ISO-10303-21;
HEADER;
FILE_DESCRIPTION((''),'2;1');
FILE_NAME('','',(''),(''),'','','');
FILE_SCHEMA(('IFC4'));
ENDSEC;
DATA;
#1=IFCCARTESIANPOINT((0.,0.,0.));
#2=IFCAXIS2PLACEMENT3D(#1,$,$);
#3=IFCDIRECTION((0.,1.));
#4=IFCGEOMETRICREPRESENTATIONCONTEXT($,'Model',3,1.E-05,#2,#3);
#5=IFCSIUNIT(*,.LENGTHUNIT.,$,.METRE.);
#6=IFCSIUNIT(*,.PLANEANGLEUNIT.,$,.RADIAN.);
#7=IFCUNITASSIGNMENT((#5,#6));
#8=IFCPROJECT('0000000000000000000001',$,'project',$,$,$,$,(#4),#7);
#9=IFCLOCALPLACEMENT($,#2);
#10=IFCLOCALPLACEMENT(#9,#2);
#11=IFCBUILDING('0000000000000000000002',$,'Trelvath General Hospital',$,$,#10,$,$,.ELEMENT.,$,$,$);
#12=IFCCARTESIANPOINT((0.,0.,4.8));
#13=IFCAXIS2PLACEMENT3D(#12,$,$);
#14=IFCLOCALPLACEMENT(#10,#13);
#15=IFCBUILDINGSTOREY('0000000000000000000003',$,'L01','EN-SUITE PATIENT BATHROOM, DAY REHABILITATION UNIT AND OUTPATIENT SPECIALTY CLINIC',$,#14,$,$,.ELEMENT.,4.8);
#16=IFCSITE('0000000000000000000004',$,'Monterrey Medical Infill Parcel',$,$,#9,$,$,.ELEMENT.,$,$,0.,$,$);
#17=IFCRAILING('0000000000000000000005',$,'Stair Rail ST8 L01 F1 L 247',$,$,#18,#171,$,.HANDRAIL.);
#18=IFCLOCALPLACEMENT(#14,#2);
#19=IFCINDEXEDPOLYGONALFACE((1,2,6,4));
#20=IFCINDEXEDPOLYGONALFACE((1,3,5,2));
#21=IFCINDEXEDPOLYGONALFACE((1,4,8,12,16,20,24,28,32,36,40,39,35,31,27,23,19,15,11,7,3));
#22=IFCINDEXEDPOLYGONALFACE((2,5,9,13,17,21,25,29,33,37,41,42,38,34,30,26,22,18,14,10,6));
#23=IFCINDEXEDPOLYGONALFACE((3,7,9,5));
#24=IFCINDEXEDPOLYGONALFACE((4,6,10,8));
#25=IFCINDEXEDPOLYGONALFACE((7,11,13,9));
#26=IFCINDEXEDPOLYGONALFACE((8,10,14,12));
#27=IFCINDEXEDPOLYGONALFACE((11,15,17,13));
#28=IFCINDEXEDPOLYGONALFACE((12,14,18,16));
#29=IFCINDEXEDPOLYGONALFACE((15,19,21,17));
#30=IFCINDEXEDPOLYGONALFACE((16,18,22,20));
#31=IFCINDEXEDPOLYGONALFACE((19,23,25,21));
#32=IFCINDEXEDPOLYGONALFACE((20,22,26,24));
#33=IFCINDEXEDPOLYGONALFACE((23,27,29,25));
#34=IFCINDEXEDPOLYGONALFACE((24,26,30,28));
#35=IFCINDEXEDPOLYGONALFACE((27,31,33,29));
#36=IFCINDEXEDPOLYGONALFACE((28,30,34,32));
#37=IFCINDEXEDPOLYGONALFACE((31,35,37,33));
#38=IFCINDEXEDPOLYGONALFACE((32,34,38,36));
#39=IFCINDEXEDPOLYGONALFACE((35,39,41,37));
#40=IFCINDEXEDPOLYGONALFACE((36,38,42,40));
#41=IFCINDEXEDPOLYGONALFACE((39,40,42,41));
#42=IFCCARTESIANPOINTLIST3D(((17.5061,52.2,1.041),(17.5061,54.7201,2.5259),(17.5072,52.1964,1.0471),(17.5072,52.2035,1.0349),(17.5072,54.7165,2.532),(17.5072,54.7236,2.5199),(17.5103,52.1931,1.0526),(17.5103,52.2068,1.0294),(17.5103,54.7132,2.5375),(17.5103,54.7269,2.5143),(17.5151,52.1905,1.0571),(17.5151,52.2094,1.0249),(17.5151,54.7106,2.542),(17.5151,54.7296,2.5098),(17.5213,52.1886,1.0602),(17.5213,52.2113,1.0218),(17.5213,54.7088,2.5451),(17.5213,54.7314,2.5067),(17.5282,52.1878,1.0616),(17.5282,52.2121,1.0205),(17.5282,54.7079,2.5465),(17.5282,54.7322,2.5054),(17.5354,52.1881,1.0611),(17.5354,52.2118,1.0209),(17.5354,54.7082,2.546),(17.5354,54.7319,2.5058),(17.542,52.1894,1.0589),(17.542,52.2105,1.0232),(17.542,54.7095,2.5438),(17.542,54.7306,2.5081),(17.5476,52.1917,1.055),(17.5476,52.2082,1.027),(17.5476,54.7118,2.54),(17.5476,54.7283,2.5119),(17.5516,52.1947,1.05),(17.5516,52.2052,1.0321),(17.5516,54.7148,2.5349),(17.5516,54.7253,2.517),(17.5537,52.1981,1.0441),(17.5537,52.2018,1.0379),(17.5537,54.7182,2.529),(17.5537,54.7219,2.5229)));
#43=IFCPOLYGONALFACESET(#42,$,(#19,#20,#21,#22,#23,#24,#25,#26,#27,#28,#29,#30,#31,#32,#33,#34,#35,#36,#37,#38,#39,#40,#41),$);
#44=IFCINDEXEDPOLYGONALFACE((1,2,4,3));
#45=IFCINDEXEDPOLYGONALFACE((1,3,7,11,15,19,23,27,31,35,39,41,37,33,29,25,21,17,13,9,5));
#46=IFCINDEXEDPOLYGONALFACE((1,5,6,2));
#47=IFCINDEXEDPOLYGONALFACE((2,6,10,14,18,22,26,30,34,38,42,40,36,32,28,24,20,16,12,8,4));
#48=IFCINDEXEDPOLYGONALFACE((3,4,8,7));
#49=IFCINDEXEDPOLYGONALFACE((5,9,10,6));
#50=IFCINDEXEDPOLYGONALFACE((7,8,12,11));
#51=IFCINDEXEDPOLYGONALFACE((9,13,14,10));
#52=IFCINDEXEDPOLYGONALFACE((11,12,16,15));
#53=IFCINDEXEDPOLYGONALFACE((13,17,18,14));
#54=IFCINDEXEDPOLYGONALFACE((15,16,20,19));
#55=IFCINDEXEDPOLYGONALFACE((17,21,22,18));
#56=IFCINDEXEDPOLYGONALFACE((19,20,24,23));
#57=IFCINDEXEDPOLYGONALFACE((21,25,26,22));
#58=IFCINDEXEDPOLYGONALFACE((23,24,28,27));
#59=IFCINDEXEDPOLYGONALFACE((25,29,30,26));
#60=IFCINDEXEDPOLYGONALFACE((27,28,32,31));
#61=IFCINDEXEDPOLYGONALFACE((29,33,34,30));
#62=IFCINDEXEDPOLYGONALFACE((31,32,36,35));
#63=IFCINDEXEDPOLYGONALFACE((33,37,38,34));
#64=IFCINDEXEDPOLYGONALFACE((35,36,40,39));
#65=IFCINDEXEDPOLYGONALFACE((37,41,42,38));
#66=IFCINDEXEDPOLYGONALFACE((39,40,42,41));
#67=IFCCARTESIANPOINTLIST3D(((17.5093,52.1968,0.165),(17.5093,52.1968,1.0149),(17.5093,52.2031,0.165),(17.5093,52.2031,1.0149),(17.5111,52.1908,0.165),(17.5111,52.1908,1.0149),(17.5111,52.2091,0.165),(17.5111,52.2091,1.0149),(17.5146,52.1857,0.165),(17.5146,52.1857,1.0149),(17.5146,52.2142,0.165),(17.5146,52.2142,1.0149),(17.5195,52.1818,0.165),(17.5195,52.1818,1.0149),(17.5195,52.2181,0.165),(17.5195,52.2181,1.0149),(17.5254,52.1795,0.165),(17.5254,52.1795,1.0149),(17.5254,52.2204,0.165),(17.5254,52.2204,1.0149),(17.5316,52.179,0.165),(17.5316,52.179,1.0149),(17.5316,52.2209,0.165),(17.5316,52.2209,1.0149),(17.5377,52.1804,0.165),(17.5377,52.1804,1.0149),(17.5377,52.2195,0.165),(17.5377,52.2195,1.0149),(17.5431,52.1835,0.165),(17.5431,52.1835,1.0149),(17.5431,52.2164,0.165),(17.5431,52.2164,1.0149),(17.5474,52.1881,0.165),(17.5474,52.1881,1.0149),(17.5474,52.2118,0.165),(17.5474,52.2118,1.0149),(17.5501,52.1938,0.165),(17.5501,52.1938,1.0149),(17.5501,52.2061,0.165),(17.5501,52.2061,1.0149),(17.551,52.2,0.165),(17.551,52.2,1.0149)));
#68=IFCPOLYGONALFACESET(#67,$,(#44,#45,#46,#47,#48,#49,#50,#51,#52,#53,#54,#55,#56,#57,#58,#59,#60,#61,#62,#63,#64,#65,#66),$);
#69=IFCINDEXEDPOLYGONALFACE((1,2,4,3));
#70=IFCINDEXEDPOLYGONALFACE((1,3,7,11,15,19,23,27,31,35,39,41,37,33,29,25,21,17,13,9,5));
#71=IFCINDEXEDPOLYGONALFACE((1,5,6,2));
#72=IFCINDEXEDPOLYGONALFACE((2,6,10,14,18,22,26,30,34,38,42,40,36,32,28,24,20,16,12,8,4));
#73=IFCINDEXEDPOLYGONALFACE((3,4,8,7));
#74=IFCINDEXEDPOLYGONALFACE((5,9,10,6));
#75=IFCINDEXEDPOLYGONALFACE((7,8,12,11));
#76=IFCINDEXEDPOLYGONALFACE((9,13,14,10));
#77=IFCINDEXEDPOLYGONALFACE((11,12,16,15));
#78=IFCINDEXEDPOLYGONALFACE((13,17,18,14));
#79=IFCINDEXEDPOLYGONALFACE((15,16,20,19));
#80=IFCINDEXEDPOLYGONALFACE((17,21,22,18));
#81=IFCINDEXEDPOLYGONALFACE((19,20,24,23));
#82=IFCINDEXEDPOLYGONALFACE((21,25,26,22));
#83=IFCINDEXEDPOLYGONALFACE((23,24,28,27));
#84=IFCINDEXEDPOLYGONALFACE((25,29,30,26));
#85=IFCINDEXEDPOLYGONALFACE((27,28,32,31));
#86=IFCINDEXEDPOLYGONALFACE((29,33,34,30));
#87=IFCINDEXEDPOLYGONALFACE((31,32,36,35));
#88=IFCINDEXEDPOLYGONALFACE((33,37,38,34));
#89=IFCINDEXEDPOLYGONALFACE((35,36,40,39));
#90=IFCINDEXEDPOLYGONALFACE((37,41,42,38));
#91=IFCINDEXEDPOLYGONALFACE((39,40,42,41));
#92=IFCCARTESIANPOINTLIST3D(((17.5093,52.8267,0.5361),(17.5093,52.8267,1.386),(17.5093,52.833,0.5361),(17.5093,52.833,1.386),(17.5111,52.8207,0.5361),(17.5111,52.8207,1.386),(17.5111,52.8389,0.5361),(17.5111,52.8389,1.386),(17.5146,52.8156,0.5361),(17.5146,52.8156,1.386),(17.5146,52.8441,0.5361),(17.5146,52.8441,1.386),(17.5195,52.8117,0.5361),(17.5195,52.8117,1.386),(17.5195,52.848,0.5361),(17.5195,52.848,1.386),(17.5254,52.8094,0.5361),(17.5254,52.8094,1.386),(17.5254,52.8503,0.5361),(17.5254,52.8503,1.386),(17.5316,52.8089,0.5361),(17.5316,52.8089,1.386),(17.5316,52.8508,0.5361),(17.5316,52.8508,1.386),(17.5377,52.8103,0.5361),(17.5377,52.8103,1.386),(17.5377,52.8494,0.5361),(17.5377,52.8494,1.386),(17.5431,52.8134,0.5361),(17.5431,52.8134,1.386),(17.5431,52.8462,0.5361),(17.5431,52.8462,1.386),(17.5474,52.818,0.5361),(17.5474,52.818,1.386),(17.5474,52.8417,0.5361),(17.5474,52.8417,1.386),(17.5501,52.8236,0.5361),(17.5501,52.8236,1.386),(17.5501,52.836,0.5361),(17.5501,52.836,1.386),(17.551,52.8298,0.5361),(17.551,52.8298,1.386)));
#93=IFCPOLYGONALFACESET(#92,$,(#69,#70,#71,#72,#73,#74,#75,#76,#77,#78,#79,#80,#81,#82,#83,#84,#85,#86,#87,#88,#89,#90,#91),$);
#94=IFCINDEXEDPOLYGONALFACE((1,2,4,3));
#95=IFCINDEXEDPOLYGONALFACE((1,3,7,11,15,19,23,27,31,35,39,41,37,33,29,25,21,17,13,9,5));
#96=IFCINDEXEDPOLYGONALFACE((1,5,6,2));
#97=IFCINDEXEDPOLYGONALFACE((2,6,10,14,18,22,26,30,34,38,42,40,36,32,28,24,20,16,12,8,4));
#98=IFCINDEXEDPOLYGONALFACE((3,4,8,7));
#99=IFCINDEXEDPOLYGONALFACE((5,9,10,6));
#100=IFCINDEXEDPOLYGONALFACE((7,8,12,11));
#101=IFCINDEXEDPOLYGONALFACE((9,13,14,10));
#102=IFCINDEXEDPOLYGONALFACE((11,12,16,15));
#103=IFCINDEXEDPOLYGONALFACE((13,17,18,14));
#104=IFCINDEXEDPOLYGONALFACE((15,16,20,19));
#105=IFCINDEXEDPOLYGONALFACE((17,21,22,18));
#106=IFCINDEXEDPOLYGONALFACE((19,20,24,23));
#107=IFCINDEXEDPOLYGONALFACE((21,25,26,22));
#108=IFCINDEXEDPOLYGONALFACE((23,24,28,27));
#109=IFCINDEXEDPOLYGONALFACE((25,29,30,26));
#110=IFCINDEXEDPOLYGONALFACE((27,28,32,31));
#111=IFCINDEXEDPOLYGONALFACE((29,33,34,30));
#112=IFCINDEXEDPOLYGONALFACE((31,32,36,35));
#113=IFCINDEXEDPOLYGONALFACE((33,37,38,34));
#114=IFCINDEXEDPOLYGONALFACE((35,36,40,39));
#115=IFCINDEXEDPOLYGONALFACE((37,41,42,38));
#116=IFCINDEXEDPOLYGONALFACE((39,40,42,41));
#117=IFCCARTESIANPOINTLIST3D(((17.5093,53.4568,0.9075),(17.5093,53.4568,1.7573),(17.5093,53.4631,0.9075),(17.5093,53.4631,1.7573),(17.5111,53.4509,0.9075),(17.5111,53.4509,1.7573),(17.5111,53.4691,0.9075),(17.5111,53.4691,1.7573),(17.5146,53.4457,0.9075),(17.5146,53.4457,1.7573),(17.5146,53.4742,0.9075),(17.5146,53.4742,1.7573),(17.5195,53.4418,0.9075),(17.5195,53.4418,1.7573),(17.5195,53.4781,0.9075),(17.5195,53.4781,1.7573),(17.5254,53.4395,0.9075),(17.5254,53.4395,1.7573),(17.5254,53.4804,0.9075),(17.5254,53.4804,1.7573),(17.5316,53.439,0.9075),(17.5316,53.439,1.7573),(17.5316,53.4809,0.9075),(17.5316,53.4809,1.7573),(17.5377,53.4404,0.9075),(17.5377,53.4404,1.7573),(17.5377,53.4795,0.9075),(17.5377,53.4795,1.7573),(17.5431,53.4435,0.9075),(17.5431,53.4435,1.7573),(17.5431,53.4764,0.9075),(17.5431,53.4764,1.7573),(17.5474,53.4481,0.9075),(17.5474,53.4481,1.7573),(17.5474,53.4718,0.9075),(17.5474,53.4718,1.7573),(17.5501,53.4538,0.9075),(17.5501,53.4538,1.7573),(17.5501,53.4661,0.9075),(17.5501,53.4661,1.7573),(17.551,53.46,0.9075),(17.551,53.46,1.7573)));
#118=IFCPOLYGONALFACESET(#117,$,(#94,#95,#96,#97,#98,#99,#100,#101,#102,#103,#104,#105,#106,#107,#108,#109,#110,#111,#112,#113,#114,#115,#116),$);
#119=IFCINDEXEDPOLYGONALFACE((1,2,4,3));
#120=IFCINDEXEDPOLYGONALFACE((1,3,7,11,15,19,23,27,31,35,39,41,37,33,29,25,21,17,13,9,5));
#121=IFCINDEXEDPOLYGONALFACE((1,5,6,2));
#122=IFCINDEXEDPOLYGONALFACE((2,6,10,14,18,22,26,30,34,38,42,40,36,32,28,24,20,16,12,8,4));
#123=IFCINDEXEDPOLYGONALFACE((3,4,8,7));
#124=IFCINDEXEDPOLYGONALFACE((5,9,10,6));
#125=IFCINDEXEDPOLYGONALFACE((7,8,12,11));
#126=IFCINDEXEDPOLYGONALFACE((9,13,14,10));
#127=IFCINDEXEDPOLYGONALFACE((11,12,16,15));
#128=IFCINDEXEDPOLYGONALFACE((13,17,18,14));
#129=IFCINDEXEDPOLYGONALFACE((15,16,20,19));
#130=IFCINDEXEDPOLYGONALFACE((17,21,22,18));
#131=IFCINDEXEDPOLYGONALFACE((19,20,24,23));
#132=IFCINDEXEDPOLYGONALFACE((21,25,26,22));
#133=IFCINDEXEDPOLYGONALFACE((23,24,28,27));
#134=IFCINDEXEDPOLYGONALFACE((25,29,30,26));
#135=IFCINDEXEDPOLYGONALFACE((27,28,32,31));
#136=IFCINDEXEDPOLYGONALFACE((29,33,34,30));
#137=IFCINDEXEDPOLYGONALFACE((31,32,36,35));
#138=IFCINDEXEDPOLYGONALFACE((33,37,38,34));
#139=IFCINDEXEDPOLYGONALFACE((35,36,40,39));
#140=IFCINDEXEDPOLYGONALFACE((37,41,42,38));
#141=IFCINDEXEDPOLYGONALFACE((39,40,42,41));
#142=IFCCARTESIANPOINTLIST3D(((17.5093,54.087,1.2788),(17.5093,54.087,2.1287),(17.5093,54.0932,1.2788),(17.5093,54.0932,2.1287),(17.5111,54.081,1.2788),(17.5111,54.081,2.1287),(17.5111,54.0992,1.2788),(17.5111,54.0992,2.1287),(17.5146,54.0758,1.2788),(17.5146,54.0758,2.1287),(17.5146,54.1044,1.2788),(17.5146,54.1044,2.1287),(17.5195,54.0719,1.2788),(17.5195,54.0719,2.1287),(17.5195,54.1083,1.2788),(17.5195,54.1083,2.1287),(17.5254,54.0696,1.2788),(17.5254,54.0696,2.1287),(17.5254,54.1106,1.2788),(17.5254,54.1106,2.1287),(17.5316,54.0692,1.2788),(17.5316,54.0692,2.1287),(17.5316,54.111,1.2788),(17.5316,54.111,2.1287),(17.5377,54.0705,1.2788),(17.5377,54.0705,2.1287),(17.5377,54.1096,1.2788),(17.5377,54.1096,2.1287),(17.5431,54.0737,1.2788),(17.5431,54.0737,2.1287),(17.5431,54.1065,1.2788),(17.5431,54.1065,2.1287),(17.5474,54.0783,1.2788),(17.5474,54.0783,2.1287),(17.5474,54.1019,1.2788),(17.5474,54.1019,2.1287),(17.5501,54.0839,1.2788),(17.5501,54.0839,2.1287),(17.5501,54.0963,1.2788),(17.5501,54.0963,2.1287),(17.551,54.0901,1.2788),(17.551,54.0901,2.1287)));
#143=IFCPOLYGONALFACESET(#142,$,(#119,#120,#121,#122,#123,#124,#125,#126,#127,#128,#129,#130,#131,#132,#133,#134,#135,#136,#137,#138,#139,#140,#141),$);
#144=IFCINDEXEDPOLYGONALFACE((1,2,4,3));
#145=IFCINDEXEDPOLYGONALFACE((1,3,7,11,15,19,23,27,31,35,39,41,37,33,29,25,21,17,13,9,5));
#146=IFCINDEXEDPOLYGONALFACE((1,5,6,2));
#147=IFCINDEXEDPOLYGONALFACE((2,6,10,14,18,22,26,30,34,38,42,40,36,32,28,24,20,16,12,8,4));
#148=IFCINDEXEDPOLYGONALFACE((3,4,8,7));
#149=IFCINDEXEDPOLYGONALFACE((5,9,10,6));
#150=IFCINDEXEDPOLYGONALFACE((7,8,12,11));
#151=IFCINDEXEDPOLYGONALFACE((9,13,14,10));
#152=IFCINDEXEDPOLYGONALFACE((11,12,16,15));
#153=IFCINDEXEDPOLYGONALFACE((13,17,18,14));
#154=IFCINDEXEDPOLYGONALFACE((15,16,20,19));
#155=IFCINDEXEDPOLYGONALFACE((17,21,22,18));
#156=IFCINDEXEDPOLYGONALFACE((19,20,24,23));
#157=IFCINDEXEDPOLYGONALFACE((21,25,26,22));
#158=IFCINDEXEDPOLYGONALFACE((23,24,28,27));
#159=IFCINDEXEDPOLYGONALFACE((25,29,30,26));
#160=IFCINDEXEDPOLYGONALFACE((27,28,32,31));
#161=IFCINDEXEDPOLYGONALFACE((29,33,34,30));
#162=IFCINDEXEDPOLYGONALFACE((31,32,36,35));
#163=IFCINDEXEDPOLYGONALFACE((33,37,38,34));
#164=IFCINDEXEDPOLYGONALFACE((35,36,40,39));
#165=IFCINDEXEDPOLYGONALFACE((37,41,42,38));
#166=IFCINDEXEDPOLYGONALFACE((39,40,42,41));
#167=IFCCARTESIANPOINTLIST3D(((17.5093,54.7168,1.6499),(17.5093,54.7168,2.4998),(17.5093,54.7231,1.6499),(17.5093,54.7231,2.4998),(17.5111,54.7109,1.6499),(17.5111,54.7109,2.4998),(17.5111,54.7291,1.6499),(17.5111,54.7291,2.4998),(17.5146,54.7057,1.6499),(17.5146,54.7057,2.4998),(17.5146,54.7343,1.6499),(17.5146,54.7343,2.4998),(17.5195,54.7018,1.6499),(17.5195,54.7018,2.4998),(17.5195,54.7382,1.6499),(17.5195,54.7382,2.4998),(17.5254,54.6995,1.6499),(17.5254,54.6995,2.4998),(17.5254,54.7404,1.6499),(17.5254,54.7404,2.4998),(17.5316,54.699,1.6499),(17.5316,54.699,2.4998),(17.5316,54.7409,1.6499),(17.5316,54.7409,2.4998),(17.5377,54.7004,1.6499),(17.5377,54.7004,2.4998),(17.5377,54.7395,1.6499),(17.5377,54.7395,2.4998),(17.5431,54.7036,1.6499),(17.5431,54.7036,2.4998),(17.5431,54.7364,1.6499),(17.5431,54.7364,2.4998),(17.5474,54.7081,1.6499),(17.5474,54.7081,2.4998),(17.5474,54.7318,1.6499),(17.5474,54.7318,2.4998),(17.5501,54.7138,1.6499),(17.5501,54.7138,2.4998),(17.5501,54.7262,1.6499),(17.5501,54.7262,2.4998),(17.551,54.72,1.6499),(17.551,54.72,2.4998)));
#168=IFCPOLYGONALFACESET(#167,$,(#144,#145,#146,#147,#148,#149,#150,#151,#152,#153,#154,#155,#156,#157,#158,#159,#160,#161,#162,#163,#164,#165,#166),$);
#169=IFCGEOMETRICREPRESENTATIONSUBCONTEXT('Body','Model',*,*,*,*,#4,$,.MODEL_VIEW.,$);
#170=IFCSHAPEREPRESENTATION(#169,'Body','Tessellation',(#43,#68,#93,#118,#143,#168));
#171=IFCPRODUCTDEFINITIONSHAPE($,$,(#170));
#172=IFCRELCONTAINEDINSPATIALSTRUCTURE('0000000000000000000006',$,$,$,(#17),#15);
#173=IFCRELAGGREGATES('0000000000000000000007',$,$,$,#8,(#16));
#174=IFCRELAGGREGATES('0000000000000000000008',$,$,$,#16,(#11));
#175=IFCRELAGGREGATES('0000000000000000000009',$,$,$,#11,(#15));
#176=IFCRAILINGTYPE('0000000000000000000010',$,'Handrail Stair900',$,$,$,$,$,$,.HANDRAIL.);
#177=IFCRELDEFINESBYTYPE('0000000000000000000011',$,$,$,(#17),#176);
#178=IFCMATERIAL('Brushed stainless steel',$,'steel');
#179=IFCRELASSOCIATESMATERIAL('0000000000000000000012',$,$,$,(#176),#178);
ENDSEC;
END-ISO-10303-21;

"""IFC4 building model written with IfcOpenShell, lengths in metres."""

from ifc_helpers import new_model, si_unit, direction, frame, origin, origin_2d, place, context, subcontext, project, spatial, circle, extrude, material, type_object, element, save


model = new_model("IFC4")

# Units and contexts
model_context = context("Model", 3, precision=1e-05, world=origin(), true_north=direction((0.0, 1.0)))
body_context = subcontext(model_context, "Body", "Model", "MODEL_VIEW")
ifc_project = project(units=[si_unit("LENGTHUNIT", "METRE"), si_unit("PLANEANGLEUNIT", "RADIAN")], contexts=[model_context])

# Site, building, storey
site_placement = place(None, origin())
site = spatial("IfcSite", under=ifc_project, at=site_placement, Name="Monterrey Medical Infill Parcel", CompositionType="ELEMENT", RefElevation=0.0)
building_placement = place(site_placement, origin())
building = spatial("IfcBuilding", under=site, at=building_placement, Name="Trelvath General Hospital", CompositionType="ELEMENT")
storey_placement = place(building_placement, frame((0.0, 0.0, 4.8)))
storey = spatial("IfcBuildingStorey", under=building, at=storey_placement, Name="L01", Description="EN-SUITE PATIENT BATHROOM, DAY REHABILITATION UNIT AND OUTPATIENT SPECIALTY CLINIC", CompositionType="ELEMENT", Elevation=4.8)

# Railing
ifc_material_1 = material(Name="Brushed stainless steel", Category="steel")
railing_type_1 = type_object("IfcRailingType", Name="Handrail Stair900", PredefinedType="HANDRAIL", material=ifc_material_1)
railing_1_placement = place(storey_placement, frame((17.53, 52.2, 0.165)))
element("IfcRailing", 1, at=railing_1_placement, inside=storey, type_object=railing_type_1, Name="Stair Rail ST8 L01 F1 L 247", PredefinedType="HANDRAIL", context=body_context, shape_type="SweptSolid", body=[
    extrude(circle(Radius=0.0239, at=origin_2d()), frame((0.0, 0.0, 0.876), z_axis=(0.0, 0.861561, 0.507655), x_axis=(-1.0, 0.0, 0.0)), (0.0, 0.0, 1.0), 2.925),
    extrude(circle(Radius=0.021, at=origin_2d()), origin(), (0.0, 0.0, 1.0), 0.8499),
    extrude(circle(Radius=0.021, at=origin_2d()), frame((0.0, 0.6299, 0.3711)), (0.0, 0.0, 1.0), 0.8499),
    extrude(circle(Radius=0.021, at=origin_2d()), frame((0.0, 1.26, 0.7424)), (0.0, 0.0, 1.0), 0.8499),
    extrude(circle(Radius=0.021, at=origin_2d()), frame((0.0, 1.8901, 1.1138)), (0.0, 0.0, 1.0), 0.8499),
    extrude(circle(Radius=0.021, at=origin_2d()), frame((0.0, 2.52, 1.4849)), (0.0, 0.0, 1.0), 0.8499),
])

save(model, "model.ifc")
